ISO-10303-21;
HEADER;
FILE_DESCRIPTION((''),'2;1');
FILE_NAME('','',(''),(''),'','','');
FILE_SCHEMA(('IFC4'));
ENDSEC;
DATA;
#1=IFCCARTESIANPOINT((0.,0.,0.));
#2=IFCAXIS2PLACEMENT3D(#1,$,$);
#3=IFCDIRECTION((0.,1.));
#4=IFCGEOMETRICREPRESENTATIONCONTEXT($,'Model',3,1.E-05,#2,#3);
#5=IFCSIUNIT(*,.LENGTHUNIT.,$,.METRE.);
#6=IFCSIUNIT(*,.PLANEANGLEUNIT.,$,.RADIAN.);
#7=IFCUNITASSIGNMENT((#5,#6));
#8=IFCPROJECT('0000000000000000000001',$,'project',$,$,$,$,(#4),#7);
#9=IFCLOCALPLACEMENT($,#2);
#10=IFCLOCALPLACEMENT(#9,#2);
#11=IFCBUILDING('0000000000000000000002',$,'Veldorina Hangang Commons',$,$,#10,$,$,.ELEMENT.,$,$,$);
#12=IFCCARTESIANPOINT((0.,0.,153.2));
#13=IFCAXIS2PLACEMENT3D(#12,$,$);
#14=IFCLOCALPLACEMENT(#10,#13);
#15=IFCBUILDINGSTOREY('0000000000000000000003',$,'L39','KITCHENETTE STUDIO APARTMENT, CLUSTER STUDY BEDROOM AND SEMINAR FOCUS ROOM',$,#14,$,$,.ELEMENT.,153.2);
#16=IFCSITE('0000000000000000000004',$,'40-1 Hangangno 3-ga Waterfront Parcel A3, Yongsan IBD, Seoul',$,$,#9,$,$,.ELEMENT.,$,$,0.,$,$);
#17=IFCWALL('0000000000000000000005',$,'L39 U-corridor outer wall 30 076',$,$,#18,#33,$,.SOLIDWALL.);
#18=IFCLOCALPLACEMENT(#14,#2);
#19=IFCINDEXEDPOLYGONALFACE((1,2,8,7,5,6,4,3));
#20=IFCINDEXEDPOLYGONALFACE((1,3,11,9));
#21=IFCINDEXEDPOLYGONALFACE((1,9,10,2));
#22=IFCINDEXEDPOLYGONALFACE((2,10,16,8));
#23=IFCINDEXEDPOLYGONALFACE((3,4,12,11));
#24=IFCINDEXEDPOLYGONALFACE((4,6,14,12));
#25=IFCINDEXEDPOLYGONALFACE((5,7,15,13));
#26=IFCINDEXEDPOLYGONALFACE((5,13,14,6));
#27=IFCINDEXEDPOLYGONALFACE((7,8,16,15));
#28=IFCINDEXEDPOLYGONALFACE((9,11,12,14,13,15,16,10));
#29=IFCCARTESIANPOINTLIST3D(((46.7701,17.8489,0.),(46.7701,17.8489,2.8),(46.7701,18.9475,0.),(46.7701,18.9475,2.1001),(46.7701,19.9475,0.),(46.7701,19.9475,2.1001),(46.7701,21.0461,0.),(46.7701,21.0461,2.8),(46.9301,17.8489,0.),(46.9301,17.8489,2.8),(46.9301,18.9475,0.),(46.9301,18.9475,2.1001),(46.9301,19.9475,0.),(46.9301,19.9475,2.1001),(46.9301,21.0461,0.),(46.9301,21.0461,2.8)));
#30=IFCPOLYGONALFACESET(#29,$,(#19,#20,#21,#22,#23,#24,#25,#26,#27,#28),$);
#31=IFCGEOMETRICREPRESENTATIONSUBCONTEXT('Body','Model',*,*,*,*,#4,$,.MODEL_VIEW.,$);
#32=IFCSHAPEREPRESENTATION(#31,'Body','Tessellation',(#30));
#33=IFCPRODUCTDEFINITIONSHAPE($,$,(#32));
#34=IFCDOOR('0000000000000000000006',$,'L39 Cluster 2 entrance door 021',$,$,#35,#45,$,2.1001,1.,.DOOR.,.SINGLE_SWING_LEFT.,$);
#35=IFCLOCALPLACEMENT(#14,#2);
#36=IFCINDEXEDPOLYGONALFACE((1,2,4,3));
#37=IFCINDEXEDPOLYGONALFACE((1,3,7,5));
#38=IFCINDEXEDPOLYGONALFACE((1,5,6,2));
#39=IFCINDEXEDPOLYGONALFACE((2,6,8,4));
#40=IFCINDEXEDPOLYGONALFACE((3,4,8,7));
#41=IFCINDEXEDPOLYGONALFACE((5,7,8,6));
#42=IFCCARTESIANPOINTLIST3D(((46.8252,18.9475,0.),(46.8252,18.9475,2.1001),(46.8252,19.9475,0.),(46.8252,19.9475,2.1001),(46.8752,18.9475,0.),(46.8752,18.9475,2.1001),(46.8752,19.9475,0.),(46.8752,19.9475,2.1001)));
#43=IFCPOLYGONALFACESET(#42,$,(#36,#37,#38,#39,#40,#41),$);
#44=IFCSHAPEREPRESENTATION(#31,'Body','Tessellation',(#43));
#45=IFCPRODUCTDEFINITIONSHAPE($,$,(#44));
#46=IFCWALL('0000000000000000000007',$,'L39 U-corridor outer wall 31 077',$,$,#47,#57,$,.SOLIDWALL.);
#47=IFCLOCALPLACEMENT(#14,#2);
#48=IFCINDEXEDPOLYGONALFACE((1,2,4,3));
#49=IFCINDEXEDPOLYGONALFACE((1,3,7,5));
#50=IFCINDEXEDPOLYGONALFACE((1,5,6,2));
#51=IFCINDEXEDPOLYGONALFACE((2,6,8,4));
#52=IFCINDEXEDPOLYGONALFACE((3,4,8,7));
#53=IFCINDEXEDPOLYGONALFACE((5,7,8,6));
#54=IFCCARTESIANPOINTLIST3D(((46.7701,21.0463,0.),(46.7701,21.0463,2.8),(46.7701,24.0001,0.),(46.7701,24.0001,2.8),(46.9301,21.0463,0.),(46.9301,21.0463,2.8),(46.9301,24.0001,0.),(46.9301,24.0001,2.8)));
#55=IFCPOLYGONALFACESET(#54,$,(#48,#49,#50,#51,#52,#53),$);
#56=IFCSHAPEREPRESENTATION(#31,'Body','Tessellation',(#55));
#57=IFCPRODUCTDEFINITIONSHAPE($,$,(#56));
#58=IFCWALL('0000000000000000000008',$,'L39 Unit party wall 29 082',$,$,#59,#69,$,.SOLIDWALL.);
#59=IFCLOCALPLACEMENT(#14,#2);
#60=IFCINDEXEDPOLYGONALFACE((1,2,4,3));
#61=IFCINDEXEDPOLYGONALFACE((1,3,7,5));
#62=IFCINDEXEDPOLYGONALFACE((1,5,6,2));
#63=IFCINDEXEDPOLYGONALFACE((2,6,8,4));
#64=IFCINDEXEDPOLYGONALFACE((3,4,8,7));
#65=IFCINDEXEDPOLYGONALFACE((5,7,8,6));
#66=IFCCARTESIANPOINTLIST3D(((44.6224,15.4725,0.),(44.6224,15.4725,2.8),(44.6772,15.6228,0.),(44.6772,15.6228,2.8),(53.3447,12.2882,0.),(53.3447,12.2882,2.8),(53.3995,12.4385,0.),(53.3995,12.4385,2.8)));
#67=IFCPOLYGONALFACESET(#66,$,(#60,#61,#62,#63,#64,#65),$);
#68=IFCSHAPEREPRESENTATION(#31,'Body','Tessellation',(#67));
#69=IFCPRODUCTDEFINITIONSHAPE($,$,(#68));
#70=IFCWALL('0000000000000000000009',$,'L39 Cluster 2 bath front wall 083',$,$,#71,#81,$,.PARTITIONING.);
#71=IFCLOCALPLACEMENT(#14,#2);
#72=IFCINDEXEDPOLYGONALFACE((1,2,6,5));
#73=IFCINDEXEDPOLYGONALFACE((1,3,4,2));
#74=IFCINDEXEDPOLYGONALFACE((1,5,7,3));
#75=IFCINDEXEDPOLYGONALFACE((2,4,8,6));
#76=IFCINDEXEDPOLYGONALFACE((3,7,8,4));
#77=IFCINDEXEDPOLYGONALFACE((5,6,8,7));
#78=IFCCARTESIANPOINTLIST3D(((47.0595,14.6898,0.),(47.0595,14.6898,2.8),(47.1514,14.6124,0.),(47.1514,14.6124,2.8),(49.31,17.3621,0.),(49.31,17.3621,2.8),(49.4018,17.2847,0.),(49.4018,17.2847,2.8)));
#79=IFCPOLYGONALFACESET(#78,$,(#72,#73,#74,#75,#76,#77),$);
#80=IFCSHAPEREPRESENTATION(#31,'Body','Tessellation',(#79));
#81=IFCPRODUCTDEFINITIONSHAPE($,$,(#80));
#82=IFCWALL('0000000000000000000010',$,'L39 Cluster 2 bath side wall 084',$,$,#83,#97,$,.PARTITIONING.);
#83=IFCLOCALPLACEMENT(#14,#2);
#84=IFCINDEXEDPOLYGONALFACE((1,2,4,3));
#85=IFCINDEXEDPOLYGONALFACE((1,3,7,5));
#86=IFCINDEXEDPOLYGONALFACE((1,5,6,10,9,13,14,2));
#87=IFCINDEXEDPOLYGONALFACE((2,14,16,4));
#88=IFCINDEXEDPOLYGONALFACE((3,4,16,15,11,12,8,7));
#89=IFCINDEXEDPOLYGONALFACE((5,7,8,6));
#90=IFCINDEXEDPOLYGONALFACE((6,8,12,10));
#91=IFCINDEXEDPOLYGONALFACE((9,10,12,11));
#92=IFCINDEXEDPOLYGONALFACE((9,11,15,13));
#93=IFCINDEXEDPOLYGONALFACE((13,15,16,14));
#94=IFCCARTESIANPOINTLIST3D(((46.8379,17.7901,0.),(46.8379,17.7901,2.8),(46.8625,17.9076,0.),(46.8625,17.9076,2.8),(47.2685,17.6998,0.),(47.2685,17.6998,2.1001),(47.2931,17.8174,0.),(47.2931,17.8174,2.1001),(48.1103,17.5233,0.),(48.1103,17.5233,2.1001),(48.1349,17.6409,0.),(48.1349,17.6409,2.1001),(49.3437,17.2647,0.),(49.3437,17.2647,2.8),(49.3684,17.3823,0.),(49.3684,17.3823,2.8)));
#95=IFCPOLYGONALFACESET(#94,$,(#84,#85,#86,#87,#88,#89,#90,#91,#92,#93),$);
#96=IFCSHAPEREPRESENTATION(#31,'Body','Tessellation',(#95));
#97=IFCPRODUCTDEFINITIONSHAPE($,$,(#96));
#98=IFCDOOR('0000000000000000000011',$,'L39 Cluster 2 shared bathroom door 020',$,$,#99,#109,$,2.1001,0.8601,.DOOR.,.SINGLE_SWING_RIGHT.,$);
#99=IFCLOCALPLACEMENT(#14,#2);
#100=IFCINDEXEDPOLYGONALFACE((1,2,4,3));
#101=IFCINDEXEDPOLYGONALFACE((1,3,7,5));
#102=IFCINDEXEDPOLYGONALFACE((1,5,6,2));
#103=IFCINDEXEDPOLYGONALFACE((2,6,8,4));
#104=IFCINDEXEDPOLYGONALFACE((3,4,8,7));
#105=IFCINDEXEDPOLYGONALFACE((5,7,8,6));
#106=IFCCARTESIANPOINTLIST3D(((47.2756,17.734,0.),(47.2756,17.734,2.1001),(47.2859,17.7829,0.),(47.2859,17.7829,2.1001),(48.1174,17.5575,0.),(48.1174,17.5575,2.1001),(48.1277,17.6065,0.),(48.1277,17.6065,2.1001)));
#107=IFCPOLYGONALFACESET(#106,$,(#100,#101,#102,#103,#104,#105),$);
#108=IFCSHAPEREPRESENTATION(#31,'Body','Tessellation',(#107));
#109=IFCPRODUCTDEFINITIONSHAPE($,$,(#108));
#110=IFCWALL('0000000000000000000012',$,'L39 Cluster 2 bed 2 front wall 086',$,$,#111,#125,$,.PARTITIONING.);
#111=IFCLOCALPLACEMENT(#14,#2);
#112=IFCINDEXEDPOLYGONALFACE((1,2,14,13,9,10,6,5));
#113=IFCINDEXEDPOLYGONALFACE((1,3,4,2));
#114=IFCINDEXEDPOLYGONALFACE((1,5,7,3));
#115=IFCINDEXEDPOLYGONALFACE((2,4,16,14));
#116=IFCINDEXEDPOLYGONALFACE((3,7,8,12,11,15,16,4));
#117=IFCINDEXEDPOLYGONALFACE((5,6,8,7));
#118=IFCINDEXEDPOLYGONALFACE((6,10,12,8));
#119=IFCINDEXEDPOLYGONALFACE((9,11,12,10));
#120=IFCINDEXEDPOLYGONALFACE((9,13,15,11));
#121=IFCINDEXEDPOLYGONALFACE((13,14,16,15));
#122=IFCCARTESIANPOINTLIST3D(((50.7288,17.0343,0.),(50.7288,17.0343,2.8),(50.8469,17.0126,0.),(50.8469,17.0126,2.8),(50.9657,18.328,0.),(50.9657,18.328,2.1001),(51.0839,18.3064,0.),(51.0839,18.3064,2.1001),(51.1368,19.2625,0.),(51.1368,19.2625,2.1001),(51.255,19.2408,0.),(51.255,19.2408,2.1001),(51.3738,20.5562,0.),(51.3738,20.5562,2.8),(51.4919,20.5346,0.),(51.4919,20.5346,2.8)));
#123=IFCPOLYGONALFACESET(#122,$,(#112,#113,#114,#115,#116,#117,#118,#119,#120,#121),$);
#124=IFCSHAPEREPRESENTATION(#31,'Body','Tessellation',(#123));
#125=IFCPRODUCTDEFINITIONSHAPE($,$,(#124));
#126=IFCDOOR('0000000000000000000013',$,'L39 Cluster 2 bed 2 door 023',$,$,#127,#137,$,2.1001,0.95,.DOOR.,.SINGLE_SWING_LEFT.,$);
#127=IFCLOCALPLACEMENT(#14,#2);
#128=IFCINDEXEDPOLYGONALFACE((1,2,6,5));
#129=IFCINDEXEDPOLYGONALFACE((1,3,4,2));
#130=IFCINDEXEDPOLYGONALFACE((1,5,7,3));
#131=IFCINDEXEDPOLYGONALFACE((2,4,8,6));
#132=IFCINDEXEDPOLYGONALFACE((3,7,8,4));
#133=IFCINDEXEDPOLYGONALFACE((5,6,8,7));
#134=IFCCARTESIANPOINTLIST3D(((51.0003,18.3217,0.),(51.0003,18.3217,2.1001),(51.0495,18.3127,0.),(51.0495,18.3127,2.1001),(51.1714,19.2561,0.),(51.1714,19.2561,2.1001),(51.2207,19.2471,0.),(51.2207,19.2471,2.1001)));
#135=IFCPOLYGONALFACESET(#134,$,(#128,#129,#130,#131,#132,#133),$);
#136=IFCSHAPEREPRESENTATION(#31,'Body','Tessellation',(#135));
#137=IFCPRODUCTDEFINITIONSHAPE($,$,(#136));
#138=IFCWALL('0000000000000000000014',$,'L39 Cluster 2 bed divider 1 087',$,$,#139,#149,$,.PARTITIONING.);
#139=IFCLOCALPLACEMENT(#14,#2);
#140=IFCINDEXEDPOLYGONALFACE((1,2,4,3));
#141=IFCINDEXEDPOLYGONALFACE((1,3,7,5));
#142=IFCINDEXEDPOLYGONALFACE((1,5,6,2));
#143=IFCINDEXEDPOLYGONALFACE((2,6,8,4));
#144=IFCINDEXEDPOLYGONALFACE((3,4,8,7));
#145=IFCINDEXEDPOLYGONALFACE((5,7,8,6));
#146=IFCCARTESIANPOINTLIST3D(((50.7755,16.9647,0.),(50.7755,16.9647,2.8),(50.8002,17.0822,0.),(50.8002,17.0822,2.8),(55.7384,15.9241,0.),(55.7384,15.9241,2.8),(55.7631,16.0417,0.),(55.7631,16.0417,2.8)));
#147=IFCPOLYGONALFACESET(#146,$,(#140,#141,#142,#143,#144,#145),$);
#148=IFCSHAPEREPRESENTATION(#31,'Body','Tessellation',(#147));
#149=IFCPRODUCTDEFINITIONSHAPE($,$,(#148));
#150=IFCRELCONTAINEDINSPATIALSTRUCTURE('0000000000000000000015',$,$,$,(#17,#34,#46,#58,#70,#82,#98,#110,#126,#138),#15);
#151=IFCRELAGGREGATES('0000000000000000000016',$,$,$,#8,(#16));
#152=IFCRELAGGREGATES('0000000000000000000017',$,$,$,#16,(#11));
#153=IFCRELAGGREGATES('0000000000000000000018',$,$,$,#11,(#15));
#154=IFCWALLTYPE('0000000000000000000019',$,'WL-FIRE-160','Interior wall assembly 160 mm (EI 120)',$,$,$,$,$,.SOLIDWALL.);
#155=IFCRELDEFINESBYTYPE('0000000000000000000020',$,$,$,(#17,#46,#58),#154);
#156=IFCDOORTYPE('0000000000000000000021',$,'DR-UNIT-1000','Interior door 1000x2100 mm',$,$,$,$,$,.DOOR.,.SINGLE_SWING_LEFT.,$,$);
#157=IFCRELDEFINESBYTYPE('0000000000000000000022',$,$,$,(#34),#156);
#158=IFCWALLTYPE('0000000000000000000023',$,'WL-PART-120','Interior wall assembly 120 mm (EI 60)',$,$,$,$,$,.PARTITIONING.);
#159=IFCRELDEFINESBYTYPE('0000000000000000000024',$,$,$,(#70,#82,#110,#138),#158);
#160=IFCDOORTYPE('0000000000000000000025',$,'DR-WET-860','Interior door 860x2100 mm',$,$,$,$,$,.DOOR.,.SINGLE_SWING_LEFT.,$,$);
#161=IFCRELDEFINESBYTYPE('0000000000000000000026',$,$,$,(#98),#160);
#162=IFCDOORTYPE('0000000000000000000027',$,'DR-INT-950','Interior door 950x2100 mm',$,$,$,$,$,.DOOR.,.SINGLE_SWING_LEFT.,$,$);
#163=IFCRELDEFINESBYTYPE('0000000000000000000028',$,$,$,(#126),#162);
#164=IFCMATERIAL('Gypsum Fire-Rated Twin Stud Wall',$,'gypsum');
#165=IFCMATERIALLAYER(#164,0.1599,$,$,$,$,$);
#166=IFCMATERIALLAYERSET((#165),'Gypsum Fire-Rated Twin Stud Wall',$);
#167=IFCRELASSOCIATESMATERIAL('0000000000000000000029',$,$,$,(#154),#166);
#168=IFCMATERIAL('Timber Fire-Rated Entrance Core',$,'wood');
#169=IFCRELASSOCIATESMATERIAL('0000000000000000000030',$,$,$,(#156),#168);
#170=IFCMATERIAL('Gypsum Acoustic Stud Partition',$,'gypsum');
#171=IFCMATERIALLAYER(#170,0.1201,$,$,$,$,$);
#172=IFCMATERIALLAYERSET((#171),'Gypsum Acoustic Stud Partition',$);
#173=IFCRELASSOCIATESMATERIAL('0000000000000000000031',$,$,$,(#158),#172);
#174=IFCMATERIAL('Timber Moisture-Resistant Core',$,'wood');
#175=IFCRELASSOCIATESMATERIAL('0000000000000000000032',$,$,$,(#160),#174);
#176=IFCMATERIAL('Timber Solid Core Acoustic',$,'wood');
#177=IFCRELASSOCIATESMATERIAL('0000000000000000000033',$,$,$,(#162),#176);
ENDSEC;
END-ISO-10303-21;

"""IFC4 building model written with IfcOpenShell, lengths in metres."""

from ifc_helpers import new_model, si_unit, direction, frame, frame_2d, origin, place, context, subcontext, project, spatial, rectangle, extrude, material, layer, layer_set, type_object, element, fill, save


model = new_model("IFC4")

# Units and contexts
model_context = context("Model", 3, precision=1e-05, world=origin(), true_north=direction((0.0, 1.0)))
body_context = subcontext(model_context, "Body", "Model", "MODEL_VIEW")
ifc_project = project(units=[si_unit("LENGTHUNIT", "METRE"), si_unit("PLANEANGLEUNIT", "RADIAN")], contexts=[model_context])

# Site, building, storey
site_placement = place(None, origin())
site = spatial("IfcSite", under=ifc_project, at=site_placement, Name="40-1 Hangangno 3-ga Waterfront Parcel A3, Yongsan IBD, Seoul", CompositionType="ELEMENT", RefElevation=0.0)
building_placement = place(site_placement, origin())
building = spatial("IfcBuilding", under=site, at=building_placement, Name="Veldorina Hangang Commons", CompositionType="ELEMENT")
storey_placement = place(building_placement, frame((0.0, 0.0, 153.2)))
storey = spatial("IfcBuildingStorey", under=building, at=storey_placement, Name="L39", Description="KITCHENETTE STUDIO APARTMENT, CLUSTER STUDY BEDROOM AND SEMINAR FOCUS ROOM", CompositionType="ELEMENT", Elevation=153.2)

# Wall, opening, door
ifc_material_1 = material(Name="Gypsum Fire-Rated Twin Stud Wall", Category="gypsum")
ifc_layer_1 = layer(ifc_material_1, 0.1599)
ifc_layer_set_1 = layer_set([ifc_layer_1], Name="Gypsum Fire-Rated Twin Stud Wall")
wall_type_1 = type_object("IfcWallType", Name="WL-FIRE-160", Description="Interior wall assembly 160 mm (EI 120)", PredefinedType="SOLIDWALL", material=ifc_layer_set_1)
wall_1_placement = place(storey_placement, frame((46.8501, 17.8489, 0.0), z_axis=(0.0, 0.0, 1.0), x_axis=(0.0, 1.0, 0.0)))
wall_1 = element("IfcWall", 1, at=wall_1_placement, inside=storey, type_object=wall_type_1, Name="L39 U-corridor outer wall 30 076", PredefinedType="SOLIDWALL", context=body_context, shape_type="SweptSolid", body=[
    extrude(rectangle(XDim=3.1973, YDim=0.1599, at=frame_2d((1.5986, 0.0))), origin(), (0.0, 0.0, 1.0), 2.8),
])
opening_1_placement = place(wall_1_placement, frame((1.0986, 0.0, 0.0)))
opening_1 = element("IfcOpeningElement", 2, at=opening_1_placement, cuts=wall_1, PredefinedType="OPENING", context=body_context, shape_type="SweptSolid", body=[
    extrude(rectangle(XDim=1.0, YDim=2.1001, at=frame_2d((0.5, 1.05))), frame((0.0, 0.0898, 0.0), z_axis=(0.0, -1.0, 0.0), x_axis=(1.0, 0.0, 0.0)), (0.0, 0.0, 1.0), 0.1799),
])
ifc_material_2 = material(Name="Timber Fire-Rated Entrance Core", Category="wood")
door_type_1 = type_object("IfcDoorType", Name="DR-UNIT-1000", Description="Interior door 1000x2100 mm", OperationType="SINGLE_SWING_LEFT", PredefinedType="DOOR", material=ifc_material_2)
door_1_placement = place(opening_1_placement, origin())
door_1 = element("IfcDoor", 3, at=door_1_placement, inside=storey, type_object=door_type_1, Name="L39 Cluster 2 entrance door 021", OperationType="SINGLE_SWING_LEFT", OverallHeight=2.1001, OverallWidth=1.0, PredefinedType="DOOR", context=body_context, shape_type="SweptSolid", body=[
    extrude(rectangle(XDim=1.0, YDim=2.1001, at=frame_2d((0.5, 1.05))), frame((0.0, 0.0249, 0.0), z_axis=(0.0, -1.0, 0.0), x_axis=(1.0, 0.0, 0.0)), (0.0, 0.0, 1.0), 0.05),
])
fill(opening_1, door_1)

# Walls
wall_2_placement = place(storey_placement, frame((46.8501, 21.0461, 0.0), z_axis=(0.0, 0.0, 1.0), x_axis=(0.0, 1.0, 0.0)))
element("IfcWall", 4, at=wall_2_placement, inside=storey, type_object=wall_type_1, Name="L39 U-corridor outer wall 31 077", PredefinedType="SOLIDWALL", context=body_context, shape_type="SweptSolid", body=[
    extrude(rectangle(XDim=2.9539, YDim=0.1599, at=frame_2d((1.4771, 0.0))), origin(), (0.0, 0.0, 1.0), 2.8),
])
wall_3_placement = place(storey_placement, frame((44.6499, 15.5476, 0.0), z_axis=(0.0, 0.0, 1.0), x_axis=(0.939359, -0.342936, 0.0)))
element("IfcWall", 5, at=wall_3_placement, inside=storey, type_object=wall_type_1, Name="L39 Unit party wall 29 082", PredefinedType="SOLIDWALL", context=body_context, shape_type="SweptSolid", body=[
    extrude(rectangle(XDim=9.2854, YDim=0.1599, at=frame_2d((4.6426, 0.0))), origin(), (0.0, 0.0, 1.0), 2.8),
])
ifc_material_3 = material(Name="Gypsum Acoustic Stud Partition", Category="gypsum")
ifc_layer_2 = layer(ifc_material_3, 0.1201)
ifc_layer_set_2 = layer_set([ifc_layer_2], Name="Gypsum Acoustic Stud Partition")
wall_type_2 = type_object("IfcWallType", Name="WL-PART-120", Description="Interior wall assembly 120 mm (EI 60)", PredefinedType="PARTITIONING", material=ifc_layer_set_2)
wall_4_placement = place(storey_placement, frame((47.1055, 14.6511, 0.0), z_axis=(0.0, 0.0, 1.0), x_axis=(0.644149, 0.7649, 0.0)))
element("IfcWall", 6, at=wall_4_placement, inside=storey, type_object=wall_type_2, Name="L39 Cluster 2 bath front wall 083", PredefinedType="PARTITIONING", context=body_context, shape_type="SweptSolid", body=[
    extrude(rectangle(XDim=3.4937, YDim=0.1201, at=frame_2d((1.7468, 0.0))), origin(), (0.0, 0.0, 1.0), 2.8),
])

# Walls, openings, doors
wall_5_placement = place(storey_placement, frame((46.8501, 17.8489, 0.0), z_axis=(0.0, 0.0, 1.0), x_axis=(0.978719, -0.205203, 0.0)))
wall_5 = element("IfcWall", 7, at=wall_5_placement, inside=storey, type_object=wall_type_2, Name="L39 Cluster 2 bath side wall 084", PredefinedType="PARTITIONING", context=body_context, shape_type="SweptSolid", body=[
    extrude(rectangle(XDim=2.5603, YDim=0.1201, at=frame_2d((1.2803, 0.0))), origin(), (0.0, 0.0, 1.0), 2.8),
])
opening_2_placement = place(wall_5_placement, frame((0.4399, 0.0, 0.0)))
opening_2 = element("IfcOpeningElement", 8, at=opening_2_placement, cuts=wall_5, PredefinedType="OPENING", context=body_context, shape_type="SweptSolid", body=[
    extrude(rectangle(XDim=0.8601, YDim=2.1001, at=frame_2d((0.4302, 1.05))), frame((0.0, 0.0701, 0.0), z_axis=(0.0, -1.0, 0.0), x_axis=(1.0, 0.0, 0.0)), (0.0, 0.0, 1.0), 0.1401),
])
ifc_material_4 = material(Name="Timber Moisture-Resistant Core", Category="wood")
door_type_2 = type_object("IfcDoorType", Name="DR-WET-860", Description="Interior door 860x2100 mm", OperationType="SINGLE_SWING_LEFT", PredefinedType="DOOR", material=ifc_material_4)
door_2_placement = place(opening_2_placement, origin())
door_2 = element("IfcDoor", 9, at=door_2_placement, inside=storey, type_object=door_type_2, Name="L39 Cluster 2 shared bathroom door 020", OperationType="SINGLE_SWING_RIGHT", OverallHeight=2.1001, OverallWidth=0.8601, PredefinedType="DOOR", context=body_context, shape_type="SweptSolid", body=[
    extrude(rectangle(XDim=0.8601, YDim=2.1001, at=frame_2d((0.4302, 1.05))), frame((0.0, 0.0249, 0.0), z_axis=(0.0, -1.0, 0.0), x_axis=(1.0, 0.0, 0.0)), (0.0, 0.0, 1.0), 0.05),
])
fill(opening_2, door_2)
wall_6_placement = place(storey_placement, frame((50.7878, 17.0234, 0.0), z_axis=(0.0, 0.0, 1.0), x_axis=(0.180145, 0.98364, 0.0)))
wall_6 = element("IfcWall", 10, at=wall_6_placement, inside=storey, type_object=wall_type_2, Name="L39 Cluster 2 bed 2 front wall 086", PredefinedType="PARTITIONING", context=body_context, shape_type="SweptSolid", body=[
    extrude(rectangle(XDim=3.5806, YDim=0.1201, at=frame_2d((1.7903, 0.0))), origin(), (0.0, 0.0, 1.0), 2.8),
])
opening_3_placement = place(wall_6_placement, frame((1.3152, 0.0, 0.0)))
opening_3 = element("IfcOpeningElement", 11, at=opening_3_placement, cuts=wall_6, PredefinedType="OPENING", context=body_context, shape_type="SweptSolid", body=[
    extrude(rectangle(XDim=0.95, YDim=2.1001, at=frame_2d((0.4751, 1.05))), frame((0.0, 0.0701, 0.0), z_axis=(0.0, -1.0, 0.0), x_axis=(1.0, 0.0, 0.0)), (0.0, 0.0, 1.0), 0.1401),
])
ifc_material_5 = material(Name="Timber Solid Core Acoustic", Category="wood")
door_type_3 = type_object("IfcDoorType", Name="DR-INT-950", Description="Interior door 950x2100 mm", OperationType="SINGLE_SWING_LEFT", PredefinedType="DOOR", material=ifc_material_5)
door_3_placement = place(opening_3_placement, origin())
door_3 = element("IfcDoor", 12, at=door_3_placement, inside=storey, type_object=door_type_3, Name="L39 Cluster 2 bed 2 door 023", OperationType="SINGLE_SWING_LEFT", OverallHeight=2.1001, OverallWidth=0.95, PredefinedType="DOOR", context=body_context, shape_type="SweptSolid", body=[
    extrude(rectangle(XDim=0.95, YDim=2.1001, at=frame_2d((0.4751, 1.05))), frame((0.0, 0.0249, 0.0), z_axis=(0.0, -1.0, 0.0), x_axis=(1.0, 0.0, 0.0)), (0.0, 0.0, 1.0), 0.05),
])
fill(opening_3, door_3)

# Wall
wall_7_placement = place(storey_placement, frame((50.7878, 17.0234, 0.0), z_axis=(0.0, 0.0, 1.0), x_axis=(0.97872, -0.2052, 0.0)))
element("IfcWall", 13, at=wall_7_placement, inside=storey, type_object=wall_type_2, Name="L39 Cluster 2 bed divider 1 087", PredefinedType="PARTITIONING", context=body_context, shape_type="SweptSolid", body=[
    extrude(rectangle(XDim=5.0708, YDim=0.1201, at=frame_2d((2.5354, 0.0))), origin(), (0.0, 0.0, 1.0), 2.8),
])

save(model, "model.ifc")
